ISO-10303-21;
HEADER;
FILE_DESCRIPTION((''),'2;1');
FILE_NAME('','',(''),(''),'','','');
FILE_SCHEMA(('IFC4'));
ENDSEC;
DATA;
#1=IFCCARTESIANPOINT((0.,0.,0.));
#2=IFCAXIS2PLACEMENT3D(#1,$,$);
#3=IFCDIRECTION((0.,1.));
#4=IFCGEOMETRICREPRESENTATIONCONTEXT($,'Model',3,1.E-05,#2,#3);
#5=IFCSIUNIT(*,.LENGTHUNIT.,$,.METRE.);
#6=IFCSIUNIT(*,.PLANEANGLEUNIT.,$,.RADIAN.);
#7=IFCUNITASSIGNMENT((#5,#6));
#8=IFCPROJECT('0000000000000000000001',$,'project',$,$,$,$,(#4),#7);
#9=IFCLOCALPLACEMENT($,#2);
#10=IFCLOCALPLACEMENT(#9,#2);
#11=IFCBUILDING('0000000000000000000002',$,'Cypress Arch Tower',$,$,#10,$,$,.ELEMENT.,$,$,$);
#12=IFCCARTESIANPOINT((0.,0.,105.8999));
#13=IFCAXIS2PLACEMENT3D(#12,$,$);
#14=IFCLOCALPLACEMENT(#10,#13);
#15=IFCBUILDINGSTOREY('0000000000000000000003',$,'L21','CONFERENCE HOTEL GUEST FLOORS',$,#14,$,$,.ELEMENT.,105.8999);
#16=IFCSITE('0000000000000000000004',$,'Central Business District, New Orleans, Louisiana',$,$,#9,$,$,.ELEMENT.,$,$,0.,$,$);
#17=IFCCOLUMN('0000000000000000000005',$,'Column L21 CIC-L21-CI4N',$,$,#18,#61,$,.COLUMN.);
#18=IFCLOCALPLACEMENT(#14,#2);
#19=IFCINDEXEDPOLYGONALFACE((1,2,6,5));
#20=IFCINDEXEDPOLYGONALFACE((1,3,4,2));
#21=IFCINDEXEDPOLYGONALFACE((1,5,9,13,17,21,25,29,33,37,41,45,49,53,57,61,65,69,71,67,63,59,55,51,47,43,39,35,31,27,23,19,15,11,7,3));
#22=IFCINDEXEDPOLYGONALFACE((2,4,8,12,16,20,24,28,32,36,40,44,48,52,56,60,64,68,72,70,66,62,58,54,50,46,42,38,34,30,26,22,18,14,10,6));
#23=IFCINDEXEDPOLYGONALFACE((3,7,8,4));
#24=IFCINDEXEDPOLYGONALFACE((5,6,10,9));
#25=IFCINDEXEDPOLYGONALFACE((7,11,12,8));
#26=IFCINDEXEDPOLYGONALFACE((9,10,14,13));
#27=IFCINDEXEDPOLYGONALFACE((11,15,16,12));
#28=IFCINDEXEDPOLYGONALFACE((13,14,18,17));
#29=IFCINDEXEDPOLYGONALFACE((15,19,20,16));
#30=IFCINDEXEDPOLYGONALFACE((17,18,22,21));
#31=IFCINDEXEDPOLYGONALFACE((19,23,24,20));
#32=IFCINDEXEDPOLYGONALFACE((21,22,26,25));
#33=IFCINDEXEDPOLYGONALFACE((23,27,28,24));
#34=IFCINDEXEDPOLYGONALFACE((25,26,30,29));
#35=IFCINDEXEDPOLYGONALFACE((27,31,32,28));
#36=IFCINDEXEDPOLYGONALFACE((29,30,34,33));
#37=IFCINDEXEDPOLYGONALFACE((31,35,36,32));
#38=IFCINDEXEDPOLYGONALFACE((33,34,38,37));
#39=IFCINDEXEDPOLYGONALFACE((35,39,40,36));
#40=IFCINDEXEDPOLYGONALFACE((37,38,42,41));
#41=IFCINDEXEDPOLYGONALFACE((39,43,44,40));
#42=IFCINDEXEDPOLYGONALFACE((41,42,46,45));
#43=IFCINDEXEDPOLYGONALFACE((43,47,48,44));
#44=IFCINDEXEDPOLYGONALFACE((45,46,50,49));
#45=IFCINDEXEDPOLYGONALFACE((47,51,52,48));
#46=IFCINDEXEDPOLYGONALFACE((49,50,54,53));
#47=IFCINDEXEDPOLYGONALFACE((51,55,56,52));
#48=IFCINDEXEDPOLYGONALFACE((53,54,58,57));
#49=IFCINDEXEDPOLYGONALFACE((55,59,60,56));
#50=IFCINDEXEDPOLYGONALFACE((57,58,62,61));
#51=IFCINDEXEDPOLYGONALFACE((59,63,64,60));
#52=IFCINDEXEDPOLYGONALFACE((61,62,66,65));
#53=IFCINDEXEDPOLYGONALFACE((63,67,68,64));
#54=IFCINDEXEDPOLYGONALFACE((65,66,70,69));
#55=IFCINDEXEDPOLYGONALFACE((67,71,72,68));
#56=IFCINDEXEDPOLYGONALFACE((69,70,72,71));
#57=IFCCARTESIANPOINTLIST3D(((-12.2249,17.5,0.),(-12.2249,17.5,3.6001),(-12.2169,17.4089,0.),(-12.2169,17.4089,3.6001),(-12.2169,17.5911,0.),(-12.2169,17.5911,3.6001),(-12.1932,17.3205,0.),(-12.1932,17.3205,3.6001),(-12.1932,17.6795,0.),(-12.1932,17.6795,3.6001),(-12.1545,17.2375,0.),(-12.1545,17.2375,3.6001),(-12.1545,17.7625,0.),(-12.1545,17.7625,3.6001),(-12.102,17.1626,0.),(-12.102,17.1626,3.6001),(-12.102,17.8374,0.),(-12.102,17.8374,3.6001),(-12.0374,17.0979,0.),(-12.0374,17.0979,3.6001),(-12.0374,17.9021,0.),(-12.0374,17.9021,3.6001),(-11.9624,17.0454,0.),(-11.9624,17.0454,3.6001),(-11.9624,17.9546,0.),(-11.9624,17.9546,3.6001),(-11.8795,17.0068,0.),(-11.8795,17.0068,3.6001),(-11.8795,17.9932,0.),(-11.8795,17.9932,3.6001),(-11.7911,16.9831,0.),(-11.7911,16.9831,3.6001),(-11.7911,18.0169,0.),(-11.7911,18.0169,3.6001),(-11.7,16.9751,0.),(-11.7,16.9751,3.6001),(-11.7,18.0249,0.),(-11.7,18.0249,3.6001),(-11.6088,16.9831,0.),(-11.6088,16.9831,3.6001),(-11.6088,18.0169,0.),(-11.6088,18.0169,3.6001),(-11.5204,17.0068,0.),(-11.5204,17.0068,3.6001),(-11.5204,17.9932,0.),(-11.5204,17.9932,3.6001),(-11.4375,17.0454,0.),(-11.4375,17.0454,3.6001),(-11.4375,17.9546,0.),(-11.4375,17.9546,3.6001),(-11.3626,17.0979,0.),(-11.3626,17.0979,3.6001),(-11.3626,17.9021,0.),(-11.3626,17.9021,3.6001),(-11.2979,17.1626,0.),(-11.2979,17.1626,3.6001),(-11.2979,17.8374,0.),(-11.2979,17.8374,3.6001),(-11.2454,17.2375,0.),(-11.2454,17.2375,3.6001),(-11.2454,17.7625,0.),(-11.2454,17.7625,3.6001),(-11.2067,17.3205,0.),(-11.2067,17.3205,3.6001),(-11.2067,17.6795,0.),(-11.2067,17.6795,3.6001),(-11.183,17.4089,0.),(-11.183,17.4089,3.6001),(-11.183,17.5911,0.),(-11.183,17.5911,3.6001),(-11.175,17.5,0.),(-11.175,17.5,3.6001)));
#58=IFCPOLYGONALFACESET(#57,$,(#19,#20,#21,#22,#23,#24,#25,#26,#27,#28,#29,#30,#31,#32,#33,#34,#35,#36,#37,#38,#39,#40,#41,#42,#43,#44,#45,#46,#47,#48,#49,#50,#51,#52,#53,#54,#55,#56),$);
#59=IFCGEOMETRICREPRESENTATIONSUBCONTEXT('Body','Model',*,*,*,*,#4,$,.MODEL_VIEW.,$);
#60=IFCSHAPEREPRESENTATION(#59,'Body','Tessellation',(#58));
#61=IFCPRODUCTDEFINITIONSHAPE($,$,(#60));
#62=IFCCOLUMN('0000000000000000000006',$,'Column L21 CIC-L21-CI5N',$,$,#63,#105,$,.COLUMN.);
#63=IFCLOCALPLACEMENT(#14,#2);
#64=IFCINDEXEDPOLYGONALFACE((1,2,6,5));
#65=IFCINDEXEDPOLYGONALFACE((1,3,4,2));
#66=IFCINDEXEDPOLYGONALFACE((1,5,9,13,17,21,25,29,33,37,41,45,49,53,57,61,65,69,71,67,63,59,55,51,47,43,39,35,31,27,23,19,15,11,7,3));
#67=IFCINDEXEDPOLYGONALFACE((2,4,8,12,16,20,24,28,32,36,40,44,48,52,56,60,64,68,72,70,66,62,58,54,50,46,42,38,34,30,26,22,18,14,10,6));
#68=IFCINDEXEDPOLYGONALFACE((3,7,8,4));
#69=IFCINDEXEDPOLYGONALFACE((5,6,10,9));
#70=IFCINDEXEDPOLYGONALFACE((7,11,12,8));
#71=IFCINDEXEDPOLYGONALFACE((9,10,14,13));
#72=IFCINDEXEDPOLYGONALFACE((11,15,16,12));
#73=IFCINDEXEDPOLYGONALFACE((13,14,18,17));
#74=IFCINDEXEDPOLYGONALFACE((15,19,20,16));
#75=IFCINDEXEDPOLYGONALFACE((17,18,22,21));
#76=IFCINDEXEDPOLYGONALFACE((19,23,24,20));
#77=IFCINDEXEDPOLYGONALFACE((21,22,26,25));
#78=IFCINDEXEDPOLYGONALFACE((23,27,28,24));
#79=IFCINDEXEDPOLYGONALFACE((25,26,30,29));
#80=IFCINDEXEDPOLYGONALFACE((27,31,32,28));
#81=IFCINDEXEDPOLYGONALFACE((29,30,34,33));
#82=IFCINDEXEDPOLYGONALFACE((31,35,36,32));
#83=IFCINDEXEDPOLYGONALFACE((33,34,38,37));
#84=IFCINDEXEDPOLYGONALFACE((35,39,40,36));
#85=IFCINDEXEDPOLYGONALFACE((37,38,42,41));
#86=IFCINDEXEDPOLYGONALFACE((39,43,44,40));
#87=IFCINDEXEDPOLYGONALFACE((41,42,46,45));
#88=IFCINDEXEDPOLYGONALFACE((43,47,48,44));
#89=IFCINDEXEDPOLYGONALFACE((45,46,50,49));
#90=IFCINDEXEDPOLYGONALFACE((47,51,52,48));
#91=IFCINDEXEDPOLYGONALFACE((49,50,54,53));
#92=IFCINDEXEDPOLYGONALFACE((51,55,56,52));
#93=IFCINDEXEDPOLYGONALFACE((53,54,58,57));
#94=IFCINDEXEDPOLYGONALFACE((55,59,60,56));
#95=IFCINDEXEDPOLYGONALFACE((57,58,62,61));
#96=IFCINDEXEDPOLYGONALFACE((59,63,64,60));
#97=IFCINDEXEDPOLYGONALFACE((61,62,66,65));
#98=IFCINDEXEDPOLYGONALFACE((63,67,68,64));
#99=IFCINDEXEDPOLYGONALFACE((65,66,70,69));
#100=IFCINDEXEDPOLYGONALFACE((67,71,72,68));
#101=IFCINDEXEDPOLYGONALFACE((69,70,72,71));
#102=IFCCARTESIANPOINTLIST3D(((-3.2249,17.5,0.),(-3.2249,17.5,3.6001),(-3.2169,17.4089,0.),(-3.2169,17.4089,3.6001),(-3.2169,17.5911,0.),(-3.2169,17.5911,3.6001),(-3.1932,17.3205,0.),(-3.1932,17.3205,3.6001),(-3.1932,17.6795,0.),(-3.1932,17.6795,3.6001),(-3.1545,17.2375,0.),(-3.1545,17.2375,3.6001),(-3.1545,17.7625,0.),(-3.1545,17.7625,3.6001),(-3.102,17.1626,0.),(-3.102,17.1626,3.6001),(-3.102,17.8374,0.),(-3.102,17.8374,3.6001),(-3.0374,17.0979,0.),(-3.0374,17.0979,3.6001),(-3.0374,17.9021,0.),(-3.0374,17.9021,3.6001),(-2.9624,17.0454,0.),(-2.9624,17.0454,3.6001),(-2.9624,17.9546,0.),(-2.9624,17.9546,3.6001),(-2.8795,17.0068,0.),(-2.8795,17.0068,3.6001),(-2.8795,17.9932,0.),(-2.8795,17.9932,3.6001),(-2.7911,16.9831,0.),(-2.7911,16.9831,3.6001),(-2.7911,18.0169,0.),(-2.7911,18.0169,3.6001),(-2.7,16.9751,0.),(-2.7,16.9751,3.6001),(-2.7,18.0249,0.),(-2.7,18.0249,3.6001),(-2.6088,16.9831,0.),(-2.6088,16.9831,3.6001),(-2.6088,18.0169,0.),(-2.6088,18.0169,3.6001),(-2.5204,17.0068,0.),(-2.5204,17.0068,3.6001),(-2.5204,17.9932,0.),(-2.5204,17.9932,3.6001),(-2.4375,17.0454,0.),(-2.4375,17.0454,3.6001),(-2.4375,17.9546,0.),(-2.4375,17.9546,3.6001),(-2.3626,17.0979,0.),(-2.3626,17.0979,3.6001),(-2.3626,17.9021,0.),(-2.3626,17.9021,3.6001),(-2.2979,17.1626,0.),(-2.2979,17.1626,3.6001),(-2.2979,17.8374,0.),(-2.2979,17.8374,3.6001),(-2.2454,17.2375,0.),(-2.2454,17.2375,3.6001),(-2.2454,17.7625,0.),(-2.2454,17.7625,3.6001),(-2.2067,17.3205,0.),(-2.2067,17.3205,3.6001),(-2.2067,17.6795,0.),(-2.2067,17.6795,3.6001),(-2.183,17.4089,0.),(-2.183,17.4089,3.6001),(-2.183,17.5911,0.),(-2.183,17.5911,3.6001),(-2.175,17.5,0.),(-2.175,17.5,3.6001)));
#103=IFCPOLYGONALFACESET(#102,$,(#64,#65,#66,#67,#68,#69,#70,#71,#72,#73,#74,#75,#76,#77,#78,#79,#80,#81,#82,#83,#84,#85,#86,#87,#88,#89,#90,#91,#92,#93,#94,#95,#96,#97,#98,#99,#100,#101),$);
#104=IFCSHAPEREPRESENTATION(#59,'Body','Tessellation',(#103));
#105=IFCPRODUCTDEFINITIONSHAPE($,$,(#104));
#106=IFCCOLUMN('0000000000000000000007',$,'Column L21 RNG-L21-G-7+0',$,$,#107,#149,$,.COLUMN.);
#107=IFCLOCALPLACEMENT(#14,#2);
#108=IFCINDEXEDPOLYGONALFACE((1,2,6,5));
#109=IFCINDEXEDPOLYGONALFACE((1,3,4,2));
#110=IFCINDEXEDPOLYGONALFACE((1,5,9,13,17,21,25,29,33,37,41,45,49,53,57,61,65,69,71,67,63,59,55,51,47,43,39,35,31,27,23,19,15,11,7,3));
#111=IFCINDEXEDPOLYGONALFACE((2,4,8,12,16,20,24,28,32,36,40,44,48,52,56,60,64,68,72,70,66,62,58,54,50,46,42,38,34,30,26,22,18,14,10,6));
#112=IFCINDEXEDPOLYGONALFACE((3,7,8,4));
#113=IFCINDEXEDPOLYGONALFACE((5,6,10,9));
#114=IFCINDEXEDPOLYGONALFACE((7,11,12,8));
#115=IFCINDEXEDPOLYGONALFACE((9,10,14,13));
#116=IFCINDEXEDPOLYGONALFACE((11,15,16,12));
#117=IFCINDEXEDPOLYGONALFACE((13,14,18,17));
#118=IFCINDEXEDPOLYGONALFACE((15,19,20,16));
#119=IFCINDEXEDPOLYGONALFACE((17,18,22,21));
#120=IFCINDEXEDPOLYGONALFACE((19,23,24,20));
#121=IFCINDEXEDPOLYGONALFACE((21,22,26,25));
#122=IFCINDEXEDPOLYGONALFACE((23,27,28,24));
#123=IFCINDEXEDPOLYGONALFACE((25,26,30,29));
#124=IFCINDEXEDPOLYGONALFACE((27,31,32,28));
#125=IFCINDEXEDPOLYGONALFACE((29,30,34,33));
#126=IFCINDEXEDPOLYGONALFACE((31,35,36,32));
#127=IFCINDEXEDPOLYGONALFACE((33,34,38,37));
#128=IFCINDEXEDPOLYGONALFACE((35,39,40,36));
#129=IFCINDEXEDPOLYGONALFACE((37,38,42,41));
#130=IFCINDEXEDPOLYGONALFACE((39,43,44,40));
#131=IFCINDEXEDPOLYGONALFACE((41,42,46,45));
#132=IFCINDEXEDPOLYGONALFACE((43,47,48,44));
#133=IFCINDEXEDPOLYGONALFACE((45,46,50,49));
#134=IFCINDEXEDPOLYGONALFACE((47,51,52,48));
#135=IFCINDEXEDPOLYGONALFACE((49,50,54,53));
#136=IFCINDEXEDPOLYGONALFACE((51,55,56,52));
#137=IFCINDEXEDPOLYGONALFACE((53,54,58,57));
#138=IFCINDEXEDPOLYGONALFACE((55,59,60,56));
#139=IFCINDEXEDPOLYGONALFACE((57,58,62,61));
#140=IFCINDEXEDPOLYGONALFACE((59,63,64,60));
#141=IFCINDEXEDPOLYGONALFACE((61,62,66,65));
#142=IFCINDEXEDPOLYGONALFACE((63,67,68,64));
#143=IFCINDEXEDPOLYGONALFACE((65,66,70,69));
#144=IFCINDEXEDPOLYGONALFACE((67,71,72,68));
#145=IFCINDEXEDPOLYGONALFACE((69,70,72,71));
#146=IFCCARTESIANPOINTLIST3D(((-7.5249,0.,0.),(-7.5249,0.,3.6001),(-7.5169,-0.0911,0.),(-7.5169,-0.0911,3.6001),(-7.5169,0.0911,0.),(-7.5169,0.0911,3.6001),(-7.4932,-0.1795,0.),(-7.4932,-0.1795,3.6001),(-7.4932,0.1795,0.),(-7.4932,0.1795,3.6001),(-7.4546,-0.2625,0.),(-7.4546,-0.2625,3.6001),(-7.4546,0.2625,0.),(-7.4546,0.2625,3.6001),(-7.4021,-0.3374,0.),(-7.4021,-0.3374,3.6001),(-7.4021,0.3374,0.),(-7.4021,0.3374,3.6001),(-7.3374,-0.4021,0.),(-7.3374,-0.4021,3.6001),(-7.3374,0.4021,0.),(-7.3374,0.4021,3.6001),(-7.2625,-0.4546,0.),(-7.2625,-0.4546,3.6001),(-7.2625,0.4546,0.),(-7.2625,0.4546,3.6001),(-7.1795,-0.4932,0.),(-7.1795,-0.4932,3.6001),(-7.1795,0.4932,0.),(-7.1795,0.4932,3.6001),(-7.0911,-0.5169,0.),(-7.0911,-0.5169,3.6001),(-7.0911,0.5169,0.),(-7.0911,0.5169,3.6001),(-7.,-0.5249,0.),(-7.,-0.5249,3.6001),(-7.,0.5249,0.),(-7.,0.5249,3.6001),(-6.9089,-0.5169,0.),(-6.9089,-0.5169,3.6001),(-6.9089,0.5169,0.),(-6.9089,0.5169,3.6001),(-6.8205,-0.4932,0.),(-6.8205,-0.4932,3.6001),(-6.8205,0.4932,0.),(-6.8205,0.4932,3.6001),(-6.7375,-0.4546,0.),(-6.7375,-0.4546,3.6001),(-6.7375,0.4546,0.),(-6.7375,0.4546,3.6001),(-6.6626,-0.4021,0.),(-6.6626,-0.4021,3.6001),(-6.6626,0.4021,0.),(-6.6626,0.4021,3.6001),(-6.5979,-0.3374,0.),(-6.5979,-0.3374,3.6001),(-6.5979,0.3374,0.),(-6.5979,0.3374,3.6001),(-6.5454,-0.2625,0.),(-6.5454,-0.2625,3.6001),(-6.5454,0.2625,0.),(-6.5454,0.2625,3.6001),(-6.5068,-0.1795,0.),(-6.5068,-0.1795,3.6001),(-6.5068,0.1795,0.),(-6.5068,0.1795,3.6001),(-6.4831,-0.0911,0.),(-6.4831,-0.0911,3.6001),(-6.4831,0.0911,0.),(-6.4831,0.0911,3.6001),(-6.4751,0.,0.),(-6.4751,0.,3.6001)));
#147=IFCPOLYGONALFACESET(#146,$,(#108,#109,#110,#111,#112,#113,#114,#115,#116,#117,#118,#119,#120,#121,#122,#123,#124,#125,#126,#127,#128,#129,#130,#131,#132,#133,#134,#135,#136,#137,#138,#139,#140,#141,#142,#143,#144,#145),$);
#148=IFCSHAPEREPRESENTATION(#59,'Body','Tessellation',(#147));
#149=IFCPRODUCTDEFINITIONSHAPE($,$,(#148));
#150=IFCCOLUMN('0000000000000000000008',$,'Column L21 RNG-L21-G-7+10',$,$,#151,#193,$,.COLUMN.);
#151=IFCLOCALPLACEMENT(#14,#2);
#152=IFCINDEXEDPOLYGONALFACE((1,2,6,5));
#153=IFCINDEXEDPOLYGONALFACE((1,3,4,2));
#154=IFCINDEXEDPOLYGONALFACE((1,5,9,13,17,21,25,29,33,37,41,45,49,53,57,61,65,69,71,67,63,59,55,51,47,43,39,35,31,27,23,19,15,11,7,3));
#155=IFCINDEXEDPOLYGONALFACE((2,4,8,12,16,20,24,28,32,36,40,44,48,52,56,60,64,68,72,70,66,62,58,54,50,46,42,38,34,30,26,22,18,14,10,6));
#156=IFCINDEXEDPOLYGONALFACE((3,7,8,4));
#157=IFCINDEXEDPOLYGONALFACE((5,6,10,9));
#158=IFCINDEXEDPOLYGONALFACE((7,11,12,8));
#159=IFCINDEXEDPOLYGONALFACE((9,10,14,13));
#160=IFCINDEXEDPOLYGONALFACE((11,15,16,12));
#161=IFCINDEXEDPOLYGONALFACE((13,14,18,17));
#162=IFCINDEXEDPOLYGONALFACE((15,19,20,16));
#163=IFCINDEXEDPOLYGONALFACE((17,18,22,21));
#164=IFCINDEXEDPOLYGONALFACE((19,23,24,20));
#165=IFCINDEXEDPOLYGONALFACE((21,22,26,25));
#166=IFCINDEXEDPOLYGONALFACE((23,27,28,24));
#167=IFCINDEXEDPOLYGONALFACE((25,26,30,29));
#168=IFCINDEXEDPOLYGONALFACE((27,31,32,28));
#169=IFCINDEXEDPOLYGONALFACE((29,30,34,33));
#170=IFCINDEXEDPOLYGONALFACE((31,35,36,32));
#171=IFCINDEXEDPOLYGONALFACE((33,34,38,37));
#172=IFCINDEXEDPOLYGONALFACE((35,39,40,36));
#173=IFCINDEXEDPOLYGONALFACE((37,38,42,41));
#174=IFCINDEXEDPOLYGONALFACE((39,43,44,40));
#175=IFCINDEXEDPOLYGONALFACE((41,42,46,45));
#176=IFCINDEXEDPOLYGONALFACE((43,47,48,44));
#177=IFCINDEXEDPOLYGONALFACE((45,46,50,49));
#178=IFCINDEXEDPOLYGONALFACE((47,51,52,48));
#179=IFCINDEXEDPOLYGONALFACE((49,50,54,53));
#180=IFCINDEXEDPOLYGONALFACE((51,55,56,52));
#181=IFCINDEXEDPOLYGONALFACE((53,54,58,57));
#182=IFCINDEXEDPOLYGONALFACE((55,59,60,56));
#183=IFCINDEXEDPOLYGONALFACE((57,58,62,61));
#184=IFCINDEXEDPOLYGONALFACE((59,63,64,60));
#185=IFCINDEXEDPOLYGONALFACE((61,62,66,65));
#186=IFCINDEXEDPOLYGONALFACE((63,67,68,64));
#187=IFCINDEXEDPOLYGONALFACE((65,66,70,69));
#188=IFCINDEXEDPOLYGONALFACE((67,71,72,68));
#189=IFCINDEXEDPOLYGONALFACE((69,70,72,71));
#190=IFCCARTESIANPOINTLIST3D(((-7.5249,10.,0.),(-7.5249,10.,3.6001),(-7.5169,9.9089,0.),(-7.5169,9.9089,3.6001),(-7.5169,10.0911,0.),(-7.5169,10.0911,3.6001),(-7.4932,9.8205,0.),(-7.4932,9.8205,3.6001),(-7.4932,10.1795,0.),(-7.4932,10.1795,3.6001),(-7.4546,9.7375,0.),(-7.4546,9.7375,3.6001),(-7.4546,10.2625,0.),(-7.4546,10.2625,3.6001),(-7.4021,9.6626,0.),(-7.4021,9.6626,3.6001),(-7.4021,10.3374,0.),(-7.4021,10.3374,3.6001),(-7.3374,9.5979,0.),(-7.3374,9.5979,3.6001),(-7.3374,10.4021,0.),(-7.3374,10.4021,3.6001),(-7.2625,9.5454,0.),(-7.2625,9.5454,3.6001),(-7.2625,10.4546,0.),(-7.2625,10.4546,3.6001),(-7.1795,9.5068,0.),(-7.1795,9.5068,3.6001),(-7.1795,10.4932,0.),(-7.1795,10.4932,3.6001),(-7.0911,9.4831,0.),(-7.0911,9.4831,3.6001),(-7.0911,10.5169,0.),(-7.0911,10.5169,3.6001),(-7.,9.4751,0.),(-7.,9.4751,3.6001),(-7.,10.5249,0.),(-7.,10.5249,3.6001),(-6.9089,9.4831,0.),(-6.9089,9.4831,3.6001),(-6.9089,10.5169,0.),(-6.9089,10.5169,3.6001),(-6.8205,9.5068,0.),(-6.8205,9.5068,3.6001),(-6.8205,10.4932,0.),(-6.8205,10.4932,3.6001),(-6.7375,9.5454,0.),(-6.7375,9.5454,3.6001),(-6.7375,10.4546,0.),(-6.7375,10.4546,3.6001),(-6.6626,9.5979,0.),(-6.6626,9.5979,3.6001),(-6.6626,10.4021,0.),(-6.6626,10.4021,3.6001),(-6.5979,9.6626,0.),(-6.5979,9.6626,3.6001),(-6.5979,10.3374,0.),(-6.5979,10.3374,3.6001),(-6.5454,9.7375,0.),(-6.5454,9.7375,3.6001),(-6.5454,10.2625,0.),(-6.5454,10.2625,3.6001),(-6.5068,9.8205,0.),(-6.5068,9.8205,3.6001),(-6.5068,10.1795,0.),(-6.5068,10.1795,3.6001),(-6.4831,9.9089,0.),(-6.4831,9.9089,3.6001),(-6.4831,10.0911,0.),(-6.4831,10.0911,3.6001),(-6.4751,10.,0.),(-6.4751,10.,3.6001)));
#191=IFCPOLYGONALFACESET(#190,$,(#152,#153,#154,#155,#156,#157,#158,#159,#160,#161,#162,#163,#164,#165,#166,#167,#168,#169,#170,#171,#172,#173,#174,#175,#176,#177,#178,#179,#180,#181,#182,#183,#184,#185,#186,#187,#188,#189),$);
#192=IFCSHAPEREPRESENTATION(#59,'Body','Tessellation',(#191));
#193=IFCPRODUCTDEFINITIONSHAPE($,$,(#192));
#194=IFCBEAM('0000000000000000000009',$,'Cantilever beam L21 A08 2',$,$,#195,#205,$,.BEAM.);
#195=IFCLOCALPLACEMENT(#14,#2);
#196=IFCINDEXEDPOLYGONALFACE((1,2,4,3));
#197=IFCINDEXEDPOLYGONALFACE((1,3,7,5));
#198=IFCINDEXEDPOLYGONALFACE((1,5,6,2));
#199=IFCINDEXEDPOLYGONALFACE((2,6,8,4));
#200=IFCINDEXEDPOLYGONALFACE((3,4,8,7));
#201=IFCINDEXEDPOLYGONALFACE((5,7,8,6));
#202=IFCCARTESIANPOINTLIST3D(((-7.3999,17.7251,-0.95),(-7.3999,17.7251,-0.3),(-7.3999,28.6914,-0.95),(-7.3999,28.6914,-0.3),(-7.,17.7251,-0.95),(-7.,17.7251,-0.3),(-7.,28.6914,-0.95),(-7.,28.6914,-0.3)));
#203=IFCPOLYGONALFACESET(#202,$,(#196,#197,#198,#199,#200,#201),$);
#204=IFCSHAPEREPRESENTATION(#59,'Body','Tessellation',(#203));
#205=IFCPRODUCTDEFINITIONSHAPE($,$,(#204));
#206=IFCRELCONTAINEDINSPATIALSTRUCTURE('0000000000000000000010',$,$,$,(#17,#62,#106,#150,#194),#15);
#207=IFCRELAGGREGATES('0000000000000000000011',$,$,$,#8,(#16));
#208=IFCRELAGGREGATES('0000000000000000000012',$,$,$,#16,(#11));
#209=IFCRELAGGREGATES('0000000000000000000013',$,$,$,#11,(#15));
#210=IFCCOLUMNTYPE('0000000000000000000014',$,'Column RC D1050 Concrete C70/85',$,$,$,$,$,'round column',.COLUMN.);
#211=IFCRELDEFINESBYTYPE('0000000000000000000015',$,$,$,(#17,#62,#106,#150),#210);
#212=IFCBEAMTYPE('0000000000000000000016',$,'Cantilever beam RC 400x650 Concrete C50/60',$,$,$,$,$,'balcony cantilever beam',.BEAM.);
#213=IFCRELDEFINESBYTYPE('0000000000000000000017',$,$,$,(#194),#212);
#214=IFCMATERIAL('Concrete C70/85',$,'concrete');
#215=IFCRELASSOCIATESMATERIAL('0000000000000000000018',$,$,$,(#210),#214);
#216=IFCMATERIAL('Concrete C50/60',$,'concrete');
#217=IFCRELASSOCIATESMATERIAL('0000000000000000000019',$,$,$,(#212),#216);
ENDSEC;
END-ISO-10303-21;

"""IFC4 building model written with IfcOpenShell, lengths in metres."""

from ifc_helpers import new_model, si_unit, direction, frame, origin, origin_2d, place, context, subcontext, project, spatial, rectangle, circle, extrude, material, material_profile, profile_set, type_object, element, save


model = new_model("IFC4")

# Units and contexts
model_context = context("Model", 3, precision=1e-05, world=origin(), true_north=direction((0.0, 1.0)))
body_context = subcontext(model_context, "Body", "Model", "MODEL_VIEW")
ifc_project = project(units=[si_unit("LENGTHUNIT", "METRE"), si_unit("PLANEANGLEUNIT", "RADIAN")], contexts=[model_context])

# Site, building, storey
site_placement = place(None, origin())
site = spatial("IfcSite", under=ifc_project, at=site_placement, Name="Central Business District, New Orleans, Louisiana", CompositionType="ELEMENT", RefElevation=0.0)
building_placement = place(site_placement, origin())
building = spatial("IfcBuilding", under=site, at=building_placement, Name="Cypress Arch Tower", CompositionType="ELEMENT")
storey_placement = place(building_placement, frame((0.0, 0.0, 105.8999)))
storey = spatial("IfcBuildingStorey", under=building, at=storey_placement, Name="L21", Description="CONFERENCE HOTEL GUEST FLOORS", CompositionType="ELEMENT", Elevation=105.8999)

# Columns
ifc_material_1 = material(Name="Concrete C70/85", Category="concrete")
ifc_material_profile_1 = material_profile(ifc_material_1, circle(Radius=0.5249, at=origin_2d()), Name="RC D1050")
ifc_profile_set_1 = profile_set([ifc_material_profile_1], Name="Concrete C70/85")
column_type = type_object("IfcColumnType", Name="Column RC D1050 Concrete C70/85", ElementType="round column", PredefinedType="COLUMN", material=ifc_profile_set_1)
for number, where, z_axis, x_axis, name in (
    (1, (-11.7, 17.5, 0.0), (0.0, 0.0, 1.0), (1.0, 0.0, 0.0), "Column L21 CIC-L21-CI4N"),
    (2, (-2.7, 17.5, 0.0), (0.0, 0.0, 1.0), (1.0, 0.0, 0.0), "Column L21 CIC-L21-CI5N"),
    (3, (-7.0, 0.0, 0.0), (0.0, 0.0, 1.0), (1.0, 0.0, 0.0), "Column L21 RNG-L21-G-7+0"),
    (4, (-7.0, 10.0, 0.0), (0.0, 0.0, 1.0), (1.0, 0.0, 0.0), "Column L21 RNG-L21-G-7+10"),
):
    element("IfcColumn", number, at=place(storey_placement, frame(where, z_axis=z_axis, x_axis=x_axis)), inside=storey, type_object=column_type, Name=name, PredefinedType="COLUMN", context=body_context, shape_type="SweptSolid", body=[
        extrude(circle(Radius=0.5249, at=origin_2d()), origin(), (0.0, 0.0, 1.0), 3.6001),
    ])

# Beam
ifc_material_2 = material(Name="Concrete C50/60", Category="concrete")
ifc_material_profile_2 = material_profile(ifc_material_2, rectangle(XDim=0.3999, YDim=0.6499, at=origin_2d()), Name="RC 400x650")
ifc_profile_set_2 = profile_set([ifc_material_profile_2], Name="Concrete C50/60")
beam_type_1 = type_object("IfcBeamType", Name="Cantilever beam RC 400x650 Concrete C50/60", ElementType="balcony cantilever beam", PredefinedType="BEAM", material=ifc_profile_set_2)
beam_1_placement = place(storey_placement, frame((-7.2, 17.7251, -0.625), z_axis=(0.0, 1.0, 0.0), x_axis=(-1.0, 0.0, 0.0)))
element("IfcBeam", 5, at=beam_1_placement, inside=storey, type_object=beam_type_1, Name="Cantilever beam L21 A08 2", PredefinedType="BEAM", context=body_context, shape_type="SweptSolid", body=[
    extrude(rectangle(XDim=0.3999, YDim=0.6499, at=origin_2d()), origin(), (0.0, 0.0, 1.0), 10.9663),
])

save(model, "model.ifc")
